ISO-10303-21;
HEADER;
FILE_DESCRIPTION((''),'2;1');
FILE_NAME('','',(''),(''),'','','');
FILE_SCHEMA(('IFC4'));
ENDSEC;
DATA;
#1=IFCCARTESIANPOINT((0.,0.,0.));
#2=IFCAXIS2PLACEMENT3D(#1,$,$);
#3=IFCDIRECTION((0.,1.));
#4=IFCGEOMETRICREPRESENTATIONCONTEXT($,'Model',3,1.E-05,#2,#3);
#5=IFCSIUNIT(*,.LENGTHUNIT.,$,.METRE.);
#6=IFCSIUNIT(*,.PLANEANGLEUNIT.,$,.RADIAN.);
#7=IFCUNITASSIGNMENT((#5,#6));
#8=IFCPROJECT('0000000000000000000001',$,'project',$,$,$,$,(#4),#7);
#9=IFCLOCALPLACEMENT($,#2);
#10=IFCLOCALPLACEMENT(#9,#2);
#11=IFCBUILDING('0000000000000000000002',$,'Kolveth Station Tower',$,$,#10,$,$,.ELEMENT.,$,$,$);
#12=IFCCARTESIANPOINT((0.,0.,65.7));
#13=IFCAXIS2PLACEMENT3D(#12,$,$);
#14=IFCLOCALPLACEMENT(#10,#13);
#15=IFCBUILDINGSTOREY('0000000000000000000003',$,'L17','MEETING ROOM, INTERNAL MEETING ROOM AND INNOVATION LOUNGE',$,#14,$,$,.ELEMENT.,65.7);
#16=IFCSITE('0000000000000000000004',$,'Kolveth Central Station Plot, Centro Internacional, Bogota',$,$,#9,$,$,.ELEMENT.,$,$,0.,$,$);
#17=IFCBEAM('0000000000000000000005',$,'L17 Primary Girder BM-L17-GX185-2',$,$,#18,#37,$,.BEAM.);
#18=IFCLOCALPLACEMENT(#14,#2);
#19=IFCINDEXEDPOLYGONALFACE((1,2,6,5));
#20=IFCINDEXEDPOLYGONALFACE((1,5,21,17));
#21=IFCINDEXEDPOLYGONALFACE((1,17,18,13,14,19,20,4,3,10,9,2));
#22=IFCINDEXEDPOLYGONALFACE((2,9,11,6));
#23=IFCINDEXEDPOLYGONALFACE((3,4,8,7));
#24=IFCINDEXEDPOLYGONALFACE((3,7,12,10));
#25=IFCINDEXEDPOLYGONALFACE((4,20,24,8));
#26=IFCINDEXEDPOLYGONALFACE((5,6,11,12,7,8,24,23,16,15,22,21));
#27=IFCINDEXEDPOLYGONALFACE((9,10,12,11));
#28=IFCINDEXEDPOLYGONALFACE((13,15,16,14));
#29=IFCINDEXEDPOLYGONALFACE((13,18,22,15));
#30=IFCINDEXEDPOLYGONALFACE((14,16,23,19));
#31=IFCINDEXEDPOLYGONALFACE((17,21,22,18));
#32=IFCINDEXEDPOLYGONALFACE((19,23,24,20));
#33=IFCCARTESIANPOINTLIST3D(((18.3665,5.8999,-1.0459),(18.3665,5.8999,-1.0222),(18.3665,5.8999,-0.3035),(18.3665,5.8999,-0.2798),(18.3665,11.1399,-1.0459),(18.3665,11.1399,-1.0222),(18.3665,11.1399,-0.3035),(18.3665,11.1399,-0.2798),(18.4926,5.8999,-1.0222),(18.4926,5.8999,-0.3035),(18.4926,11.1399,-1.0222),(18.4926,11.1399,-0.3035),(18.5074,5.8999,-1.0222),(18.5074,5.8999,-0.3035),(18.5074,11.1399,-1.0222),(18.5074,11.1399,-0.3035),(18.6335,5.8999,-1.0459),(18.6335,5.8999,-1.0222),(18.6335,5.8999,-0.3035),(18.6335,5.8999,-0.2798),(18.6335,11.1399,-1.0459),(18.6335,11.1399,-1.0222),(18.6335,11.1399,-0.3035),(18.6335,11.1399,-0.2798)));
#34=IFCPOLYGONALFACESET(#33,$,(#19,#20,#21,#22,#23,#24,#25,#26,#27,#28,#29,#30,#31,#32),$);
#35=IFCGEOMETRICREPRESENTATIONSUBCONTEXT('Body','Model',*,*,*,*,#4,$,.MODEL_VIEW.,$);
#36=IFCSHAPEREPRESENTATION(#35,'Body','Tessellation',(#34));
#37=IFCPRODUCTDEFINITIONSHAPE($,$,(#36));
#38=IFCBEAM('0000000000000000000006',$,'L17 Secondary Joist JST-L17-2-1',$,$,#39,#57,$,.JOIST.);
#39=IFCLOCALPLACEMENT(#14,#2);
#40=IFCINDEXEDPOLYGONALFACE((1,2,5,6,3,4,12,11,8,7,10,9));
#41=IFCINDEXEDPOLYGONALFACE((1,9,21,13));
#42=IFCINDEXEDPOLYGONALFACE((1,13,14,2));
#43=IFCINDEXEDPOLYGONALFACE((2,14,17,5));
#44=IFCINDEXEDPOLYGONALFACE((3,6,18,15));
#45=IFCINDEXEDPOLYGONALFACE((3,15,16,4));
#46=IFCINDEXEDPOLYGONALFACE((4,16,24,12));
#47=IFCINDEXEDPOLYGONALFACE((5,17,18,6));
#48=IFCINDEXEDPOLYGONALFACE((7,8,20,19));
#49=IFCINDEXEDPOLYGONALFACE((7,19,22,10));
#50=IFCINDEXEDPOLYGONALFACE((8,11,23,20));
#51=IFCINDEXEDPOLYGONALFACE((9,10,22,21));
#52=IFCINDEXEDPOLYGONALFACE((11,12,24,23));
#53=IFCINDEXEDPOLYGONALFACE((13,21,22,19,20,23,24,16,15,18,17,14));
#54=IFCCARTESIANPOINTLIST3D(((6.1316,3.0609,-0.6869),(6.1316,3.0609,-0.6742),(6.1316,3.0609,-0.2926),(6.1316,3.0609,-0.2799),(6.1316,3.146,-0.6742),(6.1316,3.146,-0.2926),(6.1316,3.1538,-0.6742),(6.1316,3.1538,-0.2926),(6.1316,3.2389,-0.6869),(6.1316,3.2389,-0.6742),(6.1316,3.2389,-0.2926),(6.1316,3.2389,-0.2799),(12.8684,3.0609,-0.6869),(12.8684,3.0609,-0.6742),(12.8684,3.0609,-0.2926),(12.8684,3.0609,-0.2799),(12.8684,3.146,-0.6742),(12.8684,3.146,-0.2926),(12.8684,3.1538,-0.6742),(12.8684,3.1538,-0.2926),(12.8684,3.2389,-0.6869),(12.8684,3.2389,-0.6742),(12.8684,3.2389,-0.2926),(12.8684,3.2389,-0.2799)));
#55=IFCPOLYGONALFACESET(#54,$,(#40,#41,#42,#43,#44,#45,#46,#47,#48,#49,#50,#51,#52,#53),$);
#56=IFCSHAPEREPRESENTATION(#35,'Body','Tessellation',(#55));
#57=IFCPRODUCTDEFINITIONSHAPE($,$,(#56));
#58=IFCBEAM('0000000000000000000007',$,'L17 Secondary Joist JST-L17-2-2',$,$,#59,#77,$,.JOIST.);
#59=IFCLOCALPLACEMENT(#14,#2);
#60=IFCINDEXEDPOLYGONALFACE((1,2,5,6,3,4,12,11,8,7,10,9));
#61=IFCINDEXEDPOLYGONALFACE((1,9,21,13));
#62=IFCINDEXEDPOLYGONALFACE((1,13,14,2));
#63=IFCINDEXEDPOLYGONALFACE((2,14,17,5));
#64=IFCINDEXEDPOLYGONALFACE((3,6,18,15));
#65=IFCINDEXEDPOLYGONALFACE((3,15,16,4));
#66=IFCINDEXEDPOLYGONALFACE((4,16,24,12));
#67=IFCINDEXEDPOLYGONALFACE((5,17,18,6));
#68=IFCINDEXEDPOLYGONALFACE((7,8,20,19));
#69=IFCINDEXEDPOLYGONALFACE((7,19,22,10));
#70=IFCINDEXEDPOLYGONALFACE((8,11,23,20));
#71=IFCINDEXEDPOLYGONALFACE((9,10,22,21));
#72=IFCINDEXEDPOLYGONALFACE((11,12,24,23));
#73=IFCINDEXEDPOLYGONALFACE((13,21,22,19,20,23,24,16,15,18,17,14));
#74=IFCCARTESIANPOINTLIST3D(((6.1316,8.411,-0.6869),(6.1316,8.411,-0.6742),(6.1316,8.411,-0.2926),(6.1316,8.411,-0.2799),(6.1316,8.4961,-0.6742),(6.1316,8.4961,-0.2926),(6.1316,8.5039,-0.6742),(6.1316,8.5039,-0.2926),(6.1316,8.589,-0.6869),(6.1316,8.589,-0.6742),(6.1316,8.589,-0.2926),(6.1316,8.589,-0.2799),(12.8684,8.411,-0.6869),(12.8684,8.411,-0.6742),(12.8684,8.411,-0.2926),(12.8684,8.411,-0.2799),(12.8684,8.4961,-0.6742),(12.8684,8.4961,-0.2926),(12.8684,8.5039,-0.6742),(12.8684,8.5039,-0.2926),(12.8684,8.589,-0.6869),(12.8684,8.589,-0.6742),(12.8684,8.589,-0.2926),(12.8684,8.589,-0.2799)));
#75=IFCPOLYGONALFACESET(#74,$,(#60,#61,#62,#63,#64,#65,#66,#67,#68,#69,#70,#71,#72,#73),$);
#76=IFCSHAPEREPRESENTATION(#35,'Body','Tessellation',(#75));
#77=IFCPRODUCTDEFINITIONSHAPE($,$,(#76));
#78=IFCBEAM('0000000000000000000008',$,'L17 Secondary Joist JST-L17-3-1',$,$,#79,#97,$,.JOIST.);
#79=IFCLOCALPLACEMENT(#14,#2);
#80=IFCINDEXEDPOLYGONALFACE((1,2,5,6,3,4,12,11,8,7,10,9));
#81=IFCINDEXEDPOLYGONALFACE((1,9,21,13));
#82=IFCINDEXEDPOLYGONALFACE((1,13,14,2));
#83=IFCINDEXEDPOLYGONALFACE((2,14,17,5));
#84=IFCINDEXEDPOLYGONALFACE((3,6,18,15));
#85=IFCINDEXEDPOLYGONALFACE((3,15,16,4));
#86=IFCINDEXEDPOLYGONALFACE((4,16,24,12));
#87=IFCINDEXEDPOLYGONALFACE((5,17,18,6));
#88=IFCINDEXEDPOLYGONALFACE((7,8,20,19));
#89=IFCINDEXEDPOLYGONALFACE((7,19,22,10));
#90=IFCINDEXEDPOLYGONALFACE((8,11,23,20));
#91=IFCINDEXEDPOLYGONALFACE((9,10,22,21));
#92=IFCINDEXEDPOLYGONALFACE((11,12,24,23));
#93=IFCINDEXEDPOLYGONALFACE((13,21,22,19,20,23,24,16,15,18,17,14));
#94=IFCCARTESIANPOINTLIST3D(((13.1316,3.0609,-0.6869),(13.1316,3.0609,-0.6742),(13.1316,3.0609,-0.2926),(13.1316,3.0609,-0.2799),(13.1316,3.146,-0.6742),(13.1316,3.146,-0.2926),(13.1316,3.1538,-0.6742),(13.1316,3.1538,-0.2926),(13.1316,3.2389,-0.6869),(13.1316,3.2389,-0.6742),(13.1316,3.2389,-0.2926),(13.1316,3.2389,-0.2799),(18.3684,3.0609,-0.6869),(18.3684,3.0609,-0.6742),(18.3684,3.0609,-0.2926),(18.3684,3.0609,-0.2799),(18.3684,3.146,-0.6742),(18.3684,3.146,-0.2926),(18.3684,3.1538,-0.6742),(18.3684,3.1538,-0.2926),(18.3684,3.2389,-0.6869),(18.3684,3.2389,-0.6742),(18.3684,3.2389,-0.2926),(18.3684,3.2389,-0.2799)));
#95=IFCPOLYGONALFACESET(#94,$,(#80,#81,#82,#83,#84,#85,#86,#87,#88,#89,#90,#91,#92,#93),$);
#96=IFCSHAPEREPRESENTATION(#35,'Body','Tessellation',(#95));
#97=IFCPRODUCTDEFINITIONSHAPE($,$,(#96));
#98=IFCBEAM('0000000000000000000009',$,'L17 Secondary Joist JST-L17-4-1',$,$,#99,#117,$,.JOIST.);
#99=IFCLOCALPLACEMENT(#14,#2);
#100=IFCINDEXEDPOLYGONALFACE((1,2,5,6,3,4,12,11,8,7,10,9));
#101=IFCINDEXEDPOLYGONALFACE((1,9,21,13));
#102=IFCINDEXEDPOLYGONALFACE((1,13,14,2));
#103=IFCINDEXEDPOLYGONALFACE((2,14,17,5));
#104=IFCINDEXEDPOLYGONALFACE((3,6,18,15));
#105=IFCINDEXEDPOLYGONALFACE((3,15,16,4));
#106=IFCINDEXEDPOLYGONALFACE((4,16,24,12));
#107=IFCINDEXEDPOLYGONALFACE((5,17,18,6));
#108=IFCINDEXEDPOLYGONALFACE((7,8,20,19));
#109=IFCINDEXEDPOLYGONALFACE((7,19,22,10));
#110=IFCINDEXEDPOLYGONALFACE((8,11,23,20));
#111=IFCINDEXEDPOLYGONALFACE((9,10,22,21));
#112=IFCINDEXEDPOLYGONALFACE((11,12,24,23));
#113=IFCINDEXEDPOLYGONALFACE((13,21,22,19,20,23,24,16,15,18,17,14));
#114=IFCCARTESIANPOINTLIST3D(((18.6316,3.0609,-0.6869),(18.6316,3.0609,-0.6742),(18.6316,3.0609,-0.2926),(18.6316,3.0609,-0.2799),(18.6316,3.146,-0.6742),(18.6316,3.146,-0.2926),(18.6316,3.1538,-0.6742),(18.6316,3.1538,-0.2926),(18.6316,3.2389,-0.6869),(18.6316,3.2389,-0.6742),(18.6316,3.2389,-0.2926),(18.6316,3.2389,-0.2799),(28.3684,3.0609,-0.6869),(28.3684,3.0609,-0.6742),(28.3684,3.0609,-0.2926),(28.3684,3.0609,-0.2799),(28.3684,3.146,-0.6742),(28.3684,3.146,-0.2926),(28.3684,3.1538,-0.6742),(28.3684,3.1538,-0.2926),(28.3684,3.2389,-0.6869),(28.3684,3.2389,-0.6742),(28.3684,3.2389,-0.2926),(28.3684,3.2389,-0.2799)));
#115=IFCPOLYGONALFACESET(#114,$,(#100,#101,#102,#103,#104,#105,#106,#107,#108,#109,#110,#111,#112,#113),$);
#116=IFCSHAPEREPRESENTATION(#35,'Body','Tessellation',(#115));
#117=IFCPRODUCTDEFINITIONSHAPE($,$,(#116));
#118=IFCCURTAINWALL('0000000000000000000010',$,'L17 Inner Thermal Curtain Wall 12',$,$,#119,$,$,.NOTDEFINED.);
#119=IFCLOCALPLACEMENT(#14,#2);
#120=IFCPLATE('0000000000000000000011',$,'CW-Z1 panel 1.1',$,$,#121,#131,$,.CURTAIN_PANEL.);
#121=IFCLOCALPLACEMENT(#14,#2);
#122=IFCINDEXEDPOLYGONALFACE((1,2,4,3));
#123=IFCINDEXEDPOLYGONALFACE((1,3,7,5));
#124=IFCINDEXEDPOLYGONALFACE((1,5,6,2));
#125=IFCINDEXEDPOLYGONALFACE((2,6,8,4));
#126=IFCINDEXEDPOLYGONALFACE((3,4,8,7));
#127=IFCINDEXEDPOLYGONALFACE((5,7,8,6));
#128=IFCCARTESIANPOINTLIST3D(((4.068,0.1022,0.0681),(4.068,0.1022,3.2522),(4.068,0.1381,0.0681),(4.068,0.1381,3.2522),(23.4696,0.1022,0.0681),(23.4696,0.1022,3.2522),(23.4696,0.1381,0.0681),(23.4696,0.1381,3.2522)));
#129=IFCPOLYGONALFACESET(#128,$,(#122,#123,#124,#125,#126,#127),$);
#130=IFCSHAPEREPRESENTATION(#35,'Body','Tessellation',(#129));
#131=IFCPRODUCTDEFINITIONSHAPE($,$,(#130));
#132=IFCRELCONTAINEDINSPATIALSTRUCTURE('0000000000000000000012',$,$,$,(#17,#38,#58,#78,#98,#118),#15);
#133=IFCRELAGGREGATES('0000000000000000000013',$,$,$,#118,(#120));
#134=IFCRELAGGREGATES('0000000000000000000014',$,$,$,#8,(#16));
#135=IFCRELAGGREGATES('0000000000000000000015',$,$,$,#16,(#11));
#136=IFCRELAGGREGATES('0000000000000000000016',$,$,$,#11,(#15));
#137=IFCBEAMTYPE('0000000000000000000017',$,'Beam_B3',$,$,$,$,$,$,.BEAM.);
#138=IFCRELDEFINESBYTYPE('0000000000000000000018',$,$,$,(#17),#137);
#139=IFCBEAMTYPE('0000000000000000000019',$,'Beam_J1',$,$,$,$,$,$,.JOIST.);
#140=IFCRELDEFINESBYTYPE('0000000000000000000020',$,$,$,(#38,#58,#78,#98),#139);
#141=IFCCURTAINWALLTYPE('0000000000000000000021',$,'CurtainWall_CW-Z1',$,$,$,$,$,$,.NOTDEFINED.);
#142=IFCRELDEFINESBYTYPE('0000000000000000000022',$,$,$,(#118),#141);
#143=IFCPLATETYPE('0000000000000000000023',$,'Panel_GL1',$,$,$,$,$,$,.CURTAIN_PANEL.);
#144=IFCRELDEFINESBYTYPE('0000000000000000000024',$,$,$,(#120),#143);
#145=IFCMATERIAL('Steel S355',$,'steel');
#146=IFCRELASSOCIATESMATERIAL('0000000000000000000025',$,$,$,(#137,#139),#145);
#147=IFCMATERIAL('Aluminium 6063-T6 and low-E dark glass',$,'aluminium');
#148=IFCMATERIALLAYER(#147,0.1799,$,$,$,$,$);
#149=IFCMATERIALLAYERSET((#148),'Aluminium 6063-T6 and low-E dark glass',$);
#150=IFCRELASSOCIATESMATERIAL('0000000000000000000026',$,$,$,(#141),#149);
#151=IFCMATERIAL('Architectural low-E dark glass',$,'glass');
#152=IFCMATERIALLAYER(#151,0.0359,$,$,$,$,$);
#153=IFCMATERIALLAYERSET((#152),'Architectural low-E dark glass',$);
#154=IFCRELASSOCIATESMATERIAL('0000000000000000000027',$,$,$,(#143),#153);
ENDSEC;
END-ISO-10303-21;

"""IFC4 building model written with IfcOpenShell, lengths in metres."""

from ifc_helpers import new_model, si_unit, direction, frame, origin, origin_2d, place, context, subcontext, project, spatial, rectangle, i_section, extrude, source, transform, mapped, material, layer, layer_set, material_profile, profile_set, type_object, element, aggregate, save


model = new_model("IFC4")

# Units and contexts
model_context = context("Model", 3, precision=1e-05, world=origin(), true_north=direction((0.0, 1.0)))
body_context = subcontext(model_context, "Body", "Model", "MODEL_VIEW")
ifc_project = project(units=[si_unit("LENGTHUNIT", "METRE"), si_unit("PLANEANGLEUNIT", "RADIAN")], contexts=[model_context])

# Site, building, storey
site_placement = place(None, origin())
site = spatial("IfcSite", under=ifc_project, at=site_placement, Name="Kolveth Central Station Plot, Centro Internacional, Bogota", CompositionType="ELEMENT", RefElevation=0.0)
building_placement = place(site_placement, origin())
building = spatial("IfcBuilding", under=site, at=building_placement, Name="Kolveth Station Tower", CompositionType="ELEMENT")
storey_placement = place(building_placement, frame((0.0, 0.0, 65.7)))
storey = spatial("IfcBuildingStorey", under=building, at=storey_placement, Name="L17", Description="MEETING ROOM, INTERNAL MEETING ROOM AND INNOVATION LOUNGE", CompositionType="ELEMENT", Elevation=65.7)

# Shared definitions
ifc_material_1 = material(Name="Steel S355", Category="steel")

# Beams
ifc_material_profile_1 = material_profile(ifc_material_1, i_section(OverallWidth=0.2671, OverallDepth=0.7661, WebThickness=0.0149, FlangeThickness=0.0237, at=origin_2d()), Name="W760x185")
ifc_profile_set_1 = profile_set([ifc_material_profile_1], Name="Steel S355")
beam_type_1 = type_object("IfcBeamType", Name="Beam_B3", PredefinedType="BEAM", material=ifc_profile_set_1)
shared_shape_1 = source(origin(), body_context, "Body", "SweptSolid", [
    extrude(i_section(OverallWidth=0.2671, OverallDepth=0.7661, WebThickness=0.0149, FlangeThickness=0.0237, at=origin_2d()), origin(), (0.0, 0.0, 1.0), 5.24),
])
beam_1_placement = place(storey_placement, frame((18.5, 5.8999, -0.6628), z_axis=(0.0, 1.0, 0.0), x_axis=(-1.0, 0.0, 0.0)))
element("IfcBeam", 1, at=beam_1_placement, inside=storey, type_object=beam_type_1, Name="L17 Primary Girder BM-L17-GX185-2", PredefinedType="BEAM", context=body_context, shape_type="MappedRepresentation", body=[
    mapped(shared_shape_1, transform((0.0, 0.0, 0.0), x_axis=(1.0, 0.0, 0.0), y_axis=(0.0, 1.0, 0.0), z_axis=(0.0, 0.0, 1.0), scale=1.0)),
])
ifc_material_profile_2 = material_profile(ifc_material_1, i_section(OverallWidth=0.178, OverallDepth=0.407, WebThickness=0.0078, FlangeThickness=0.0127, at=origin_2d()), Name="W410x60")
ifc_profile_set_2 = profile_set([ifc_material_profile_2], Name="Steel S355")
beam_type_2 = type_object("IfcBeamType", Name="Beam_J1", PredefinedType="JOIST", material=ifc_profile_set_2)
shared_shape_2 = source(origin(), body_context, "Body", "SweptSolid", [
    extrude(i_section(OverallWidth=0.178, OverallDepth=0.407, WebThickness=0.0078, FlangeThickness=0.0127, at=origin_2d()), origin(), (0.0, 0.0, 1.0), 6.7368),
])
for number, where, z_axis, x_axis, name in (
    (2, (6.1316, 3.1499, -0.4834), (1.0, 0.0, 0.0), (0.0, 1.0, 0.0), "L17 Secondary Joist JST-L17-2-1"),
    (3, (6.1316, 8.5, -0.4834), (1.0, 0.0, 0.0), (0.0, 1.0, 0.0), "L17 Secondary Joist JST-L17-2-2"),
):
    element("IfcBeam", number, at=place(storey_placement, frame(where, z_axis=z_axis, x_axis=x_axis)), inside=storey, type_object=beam_type_2, Name=name, PredefinedType="JOIST", context=body_context, shape_type="MappedRepresentation", body=[
        mapped(shared_shape_2, transform((0.0, 0.0, 0.0), x_axis=(1.0, 0.0, 0.0), y_axis=(0.0, 1.0, 0.0), z_axis=(0.0, 0.0, 1.0), scale=1.0)),
    ])
shared_shape_3 = source(origin(), body_context, "Body", "SweptSolid", [
    extrude(i_section(OverallWidth=0.178, OverallDepth=0.407, WebThickness=0.0078, FlangeThickness=0.0127, at=origin_2d()), origin(), (0.0, 0.0, 1.0), 5.2368),
])
beam_2_placement = place(storey_placement, frame((13.1316, 3.1499, -0.4834), z_axis=(1.0, 0.0, 0.0), x_axis=(0.0, 1.0, 0.0)))
element("IfcBeam", 4, at=beam_2_placement, inside=storey, type_object=beam_type_2, Name="L17 Secondary Joist JST-L17-3-1", PredefinedType="JOIST", context=body_context, shape_type="MappedRepresentation", body=[
    mapped(shared_shape_3, transform((0.0, 0.0, 0.0), x_axis=(1.0, 0.0, 0.0), y_axis=(0.0, 1.0, 0.0), z_axis=(0.0, 0.0, 1.0), scale=1.0)),
])
shared_shape_4 = source(origin(), body_context, "Body", "SweptSolid", [
    extrude(i_section(OverallWidth=0.178, OverallDepth=0.407, WebThickness=0.0078, FlangeThickness=0.0127, at=origin_2d()), origin(), (0.0, 0.0, 1.0), 9.7368),
])
beam_3_placement = place(storey_placement, frame((18.6316, 3.1499, -0.4834), z_axis=(1.0, 0.0, 0.0), x_axis=(0.0, 1.0, 0.0)))
element("IfcBeam", 5, at=beam_3_placement, inside=storey, type_object=beam_type_2, Name="L17 Secondary Joist JST-L17-4-1", PredefinedType="JOIST", context=body_context, shape_type="MappedRepresentation", body=[
    mapped(shared_shape_4, transform((0.0, 0.0, 0.0), x_axis=(1.0, 0.0, 0.0), y_axis=(0.0, 1.0, 0.0), z_axis=(0.0, 0.0, 1.0), scale=1.0)),
])

# Curtain wall, plate
ifc_material_2 = material(Name="Aluminium 6063-T6 and low-E dark glass", Category="aluminium")
ifc_layer_1 = layer(ifc_material_2, 0.1799)
ifc_layer_set_1 = layer_set([ifc_layer_1], Name="Aluminium 6063-T6 and low-E dark glass")
curtain_wall_type = type_object("IfcCurtainWallType", Name="CurtainWall_CW-Z1", PredefinedType="NOTDEFINED", material=ifc_layer_set_1)
curtain_wall_placement = place(storey_placement, origin())
curtain_wall = element("IfcCurtainWall", 6, at=curtain_wall_placement, inside=storey, type_object=curtain_wall_type, Name="L17 Inner Thermal Curtain Wall 12", PredefinedType="NOTDEFINED")
ifc_material_3 = material(Name="Architectural low-E dark glass", Category="glass")
ifc_layer_2 = layer(ifc_material_3, 0.0359)
ifc_layer_set_2 = layer_set([ifc_layer_2], Name="Architectural low-E dark glass")
plate_type = type_object("IfcPlateType", Name="Panel_GL1", PredefinedType="CURTAIN_PANEL", material=ifc_layer_set_2)
shared_shape_5 = source(origin(), body_context, "Body", "SweptSolid", [
    extrude(rectangle(XDim=19.4016, YDim=0.0359, at=origin_2d()), origin(), (0.0, 0.0, 1.0), 3.1841),
])
plate_placement = place(storey_placement, frame((13.7688, 0.1201, 0.0681), z_axis=(0.0, 0.0, 1.0), x_axis=(1.0, 0.0, 0.0)))
plate = element("IfcPlate", 7, at=plate_placement, type_object=plate_type, Name="CW-Z1 panel 1.1", PredefinedType="CURTAIN_PANEL", context=body_context, shape_type="MappedRepresentation", body=[
    mapped(shared_shape_5, transform((0.0, 0.0, 0.0), x_axis=(1.0, 0.0, 0.0), y_axis=(0.0, 1.0, 0.0), z_axis=(0.0, 0.0, 1.0), scale=1.0)),
])
aggregate(curtain_wall, [plate])

save(model, "model.ifc")
